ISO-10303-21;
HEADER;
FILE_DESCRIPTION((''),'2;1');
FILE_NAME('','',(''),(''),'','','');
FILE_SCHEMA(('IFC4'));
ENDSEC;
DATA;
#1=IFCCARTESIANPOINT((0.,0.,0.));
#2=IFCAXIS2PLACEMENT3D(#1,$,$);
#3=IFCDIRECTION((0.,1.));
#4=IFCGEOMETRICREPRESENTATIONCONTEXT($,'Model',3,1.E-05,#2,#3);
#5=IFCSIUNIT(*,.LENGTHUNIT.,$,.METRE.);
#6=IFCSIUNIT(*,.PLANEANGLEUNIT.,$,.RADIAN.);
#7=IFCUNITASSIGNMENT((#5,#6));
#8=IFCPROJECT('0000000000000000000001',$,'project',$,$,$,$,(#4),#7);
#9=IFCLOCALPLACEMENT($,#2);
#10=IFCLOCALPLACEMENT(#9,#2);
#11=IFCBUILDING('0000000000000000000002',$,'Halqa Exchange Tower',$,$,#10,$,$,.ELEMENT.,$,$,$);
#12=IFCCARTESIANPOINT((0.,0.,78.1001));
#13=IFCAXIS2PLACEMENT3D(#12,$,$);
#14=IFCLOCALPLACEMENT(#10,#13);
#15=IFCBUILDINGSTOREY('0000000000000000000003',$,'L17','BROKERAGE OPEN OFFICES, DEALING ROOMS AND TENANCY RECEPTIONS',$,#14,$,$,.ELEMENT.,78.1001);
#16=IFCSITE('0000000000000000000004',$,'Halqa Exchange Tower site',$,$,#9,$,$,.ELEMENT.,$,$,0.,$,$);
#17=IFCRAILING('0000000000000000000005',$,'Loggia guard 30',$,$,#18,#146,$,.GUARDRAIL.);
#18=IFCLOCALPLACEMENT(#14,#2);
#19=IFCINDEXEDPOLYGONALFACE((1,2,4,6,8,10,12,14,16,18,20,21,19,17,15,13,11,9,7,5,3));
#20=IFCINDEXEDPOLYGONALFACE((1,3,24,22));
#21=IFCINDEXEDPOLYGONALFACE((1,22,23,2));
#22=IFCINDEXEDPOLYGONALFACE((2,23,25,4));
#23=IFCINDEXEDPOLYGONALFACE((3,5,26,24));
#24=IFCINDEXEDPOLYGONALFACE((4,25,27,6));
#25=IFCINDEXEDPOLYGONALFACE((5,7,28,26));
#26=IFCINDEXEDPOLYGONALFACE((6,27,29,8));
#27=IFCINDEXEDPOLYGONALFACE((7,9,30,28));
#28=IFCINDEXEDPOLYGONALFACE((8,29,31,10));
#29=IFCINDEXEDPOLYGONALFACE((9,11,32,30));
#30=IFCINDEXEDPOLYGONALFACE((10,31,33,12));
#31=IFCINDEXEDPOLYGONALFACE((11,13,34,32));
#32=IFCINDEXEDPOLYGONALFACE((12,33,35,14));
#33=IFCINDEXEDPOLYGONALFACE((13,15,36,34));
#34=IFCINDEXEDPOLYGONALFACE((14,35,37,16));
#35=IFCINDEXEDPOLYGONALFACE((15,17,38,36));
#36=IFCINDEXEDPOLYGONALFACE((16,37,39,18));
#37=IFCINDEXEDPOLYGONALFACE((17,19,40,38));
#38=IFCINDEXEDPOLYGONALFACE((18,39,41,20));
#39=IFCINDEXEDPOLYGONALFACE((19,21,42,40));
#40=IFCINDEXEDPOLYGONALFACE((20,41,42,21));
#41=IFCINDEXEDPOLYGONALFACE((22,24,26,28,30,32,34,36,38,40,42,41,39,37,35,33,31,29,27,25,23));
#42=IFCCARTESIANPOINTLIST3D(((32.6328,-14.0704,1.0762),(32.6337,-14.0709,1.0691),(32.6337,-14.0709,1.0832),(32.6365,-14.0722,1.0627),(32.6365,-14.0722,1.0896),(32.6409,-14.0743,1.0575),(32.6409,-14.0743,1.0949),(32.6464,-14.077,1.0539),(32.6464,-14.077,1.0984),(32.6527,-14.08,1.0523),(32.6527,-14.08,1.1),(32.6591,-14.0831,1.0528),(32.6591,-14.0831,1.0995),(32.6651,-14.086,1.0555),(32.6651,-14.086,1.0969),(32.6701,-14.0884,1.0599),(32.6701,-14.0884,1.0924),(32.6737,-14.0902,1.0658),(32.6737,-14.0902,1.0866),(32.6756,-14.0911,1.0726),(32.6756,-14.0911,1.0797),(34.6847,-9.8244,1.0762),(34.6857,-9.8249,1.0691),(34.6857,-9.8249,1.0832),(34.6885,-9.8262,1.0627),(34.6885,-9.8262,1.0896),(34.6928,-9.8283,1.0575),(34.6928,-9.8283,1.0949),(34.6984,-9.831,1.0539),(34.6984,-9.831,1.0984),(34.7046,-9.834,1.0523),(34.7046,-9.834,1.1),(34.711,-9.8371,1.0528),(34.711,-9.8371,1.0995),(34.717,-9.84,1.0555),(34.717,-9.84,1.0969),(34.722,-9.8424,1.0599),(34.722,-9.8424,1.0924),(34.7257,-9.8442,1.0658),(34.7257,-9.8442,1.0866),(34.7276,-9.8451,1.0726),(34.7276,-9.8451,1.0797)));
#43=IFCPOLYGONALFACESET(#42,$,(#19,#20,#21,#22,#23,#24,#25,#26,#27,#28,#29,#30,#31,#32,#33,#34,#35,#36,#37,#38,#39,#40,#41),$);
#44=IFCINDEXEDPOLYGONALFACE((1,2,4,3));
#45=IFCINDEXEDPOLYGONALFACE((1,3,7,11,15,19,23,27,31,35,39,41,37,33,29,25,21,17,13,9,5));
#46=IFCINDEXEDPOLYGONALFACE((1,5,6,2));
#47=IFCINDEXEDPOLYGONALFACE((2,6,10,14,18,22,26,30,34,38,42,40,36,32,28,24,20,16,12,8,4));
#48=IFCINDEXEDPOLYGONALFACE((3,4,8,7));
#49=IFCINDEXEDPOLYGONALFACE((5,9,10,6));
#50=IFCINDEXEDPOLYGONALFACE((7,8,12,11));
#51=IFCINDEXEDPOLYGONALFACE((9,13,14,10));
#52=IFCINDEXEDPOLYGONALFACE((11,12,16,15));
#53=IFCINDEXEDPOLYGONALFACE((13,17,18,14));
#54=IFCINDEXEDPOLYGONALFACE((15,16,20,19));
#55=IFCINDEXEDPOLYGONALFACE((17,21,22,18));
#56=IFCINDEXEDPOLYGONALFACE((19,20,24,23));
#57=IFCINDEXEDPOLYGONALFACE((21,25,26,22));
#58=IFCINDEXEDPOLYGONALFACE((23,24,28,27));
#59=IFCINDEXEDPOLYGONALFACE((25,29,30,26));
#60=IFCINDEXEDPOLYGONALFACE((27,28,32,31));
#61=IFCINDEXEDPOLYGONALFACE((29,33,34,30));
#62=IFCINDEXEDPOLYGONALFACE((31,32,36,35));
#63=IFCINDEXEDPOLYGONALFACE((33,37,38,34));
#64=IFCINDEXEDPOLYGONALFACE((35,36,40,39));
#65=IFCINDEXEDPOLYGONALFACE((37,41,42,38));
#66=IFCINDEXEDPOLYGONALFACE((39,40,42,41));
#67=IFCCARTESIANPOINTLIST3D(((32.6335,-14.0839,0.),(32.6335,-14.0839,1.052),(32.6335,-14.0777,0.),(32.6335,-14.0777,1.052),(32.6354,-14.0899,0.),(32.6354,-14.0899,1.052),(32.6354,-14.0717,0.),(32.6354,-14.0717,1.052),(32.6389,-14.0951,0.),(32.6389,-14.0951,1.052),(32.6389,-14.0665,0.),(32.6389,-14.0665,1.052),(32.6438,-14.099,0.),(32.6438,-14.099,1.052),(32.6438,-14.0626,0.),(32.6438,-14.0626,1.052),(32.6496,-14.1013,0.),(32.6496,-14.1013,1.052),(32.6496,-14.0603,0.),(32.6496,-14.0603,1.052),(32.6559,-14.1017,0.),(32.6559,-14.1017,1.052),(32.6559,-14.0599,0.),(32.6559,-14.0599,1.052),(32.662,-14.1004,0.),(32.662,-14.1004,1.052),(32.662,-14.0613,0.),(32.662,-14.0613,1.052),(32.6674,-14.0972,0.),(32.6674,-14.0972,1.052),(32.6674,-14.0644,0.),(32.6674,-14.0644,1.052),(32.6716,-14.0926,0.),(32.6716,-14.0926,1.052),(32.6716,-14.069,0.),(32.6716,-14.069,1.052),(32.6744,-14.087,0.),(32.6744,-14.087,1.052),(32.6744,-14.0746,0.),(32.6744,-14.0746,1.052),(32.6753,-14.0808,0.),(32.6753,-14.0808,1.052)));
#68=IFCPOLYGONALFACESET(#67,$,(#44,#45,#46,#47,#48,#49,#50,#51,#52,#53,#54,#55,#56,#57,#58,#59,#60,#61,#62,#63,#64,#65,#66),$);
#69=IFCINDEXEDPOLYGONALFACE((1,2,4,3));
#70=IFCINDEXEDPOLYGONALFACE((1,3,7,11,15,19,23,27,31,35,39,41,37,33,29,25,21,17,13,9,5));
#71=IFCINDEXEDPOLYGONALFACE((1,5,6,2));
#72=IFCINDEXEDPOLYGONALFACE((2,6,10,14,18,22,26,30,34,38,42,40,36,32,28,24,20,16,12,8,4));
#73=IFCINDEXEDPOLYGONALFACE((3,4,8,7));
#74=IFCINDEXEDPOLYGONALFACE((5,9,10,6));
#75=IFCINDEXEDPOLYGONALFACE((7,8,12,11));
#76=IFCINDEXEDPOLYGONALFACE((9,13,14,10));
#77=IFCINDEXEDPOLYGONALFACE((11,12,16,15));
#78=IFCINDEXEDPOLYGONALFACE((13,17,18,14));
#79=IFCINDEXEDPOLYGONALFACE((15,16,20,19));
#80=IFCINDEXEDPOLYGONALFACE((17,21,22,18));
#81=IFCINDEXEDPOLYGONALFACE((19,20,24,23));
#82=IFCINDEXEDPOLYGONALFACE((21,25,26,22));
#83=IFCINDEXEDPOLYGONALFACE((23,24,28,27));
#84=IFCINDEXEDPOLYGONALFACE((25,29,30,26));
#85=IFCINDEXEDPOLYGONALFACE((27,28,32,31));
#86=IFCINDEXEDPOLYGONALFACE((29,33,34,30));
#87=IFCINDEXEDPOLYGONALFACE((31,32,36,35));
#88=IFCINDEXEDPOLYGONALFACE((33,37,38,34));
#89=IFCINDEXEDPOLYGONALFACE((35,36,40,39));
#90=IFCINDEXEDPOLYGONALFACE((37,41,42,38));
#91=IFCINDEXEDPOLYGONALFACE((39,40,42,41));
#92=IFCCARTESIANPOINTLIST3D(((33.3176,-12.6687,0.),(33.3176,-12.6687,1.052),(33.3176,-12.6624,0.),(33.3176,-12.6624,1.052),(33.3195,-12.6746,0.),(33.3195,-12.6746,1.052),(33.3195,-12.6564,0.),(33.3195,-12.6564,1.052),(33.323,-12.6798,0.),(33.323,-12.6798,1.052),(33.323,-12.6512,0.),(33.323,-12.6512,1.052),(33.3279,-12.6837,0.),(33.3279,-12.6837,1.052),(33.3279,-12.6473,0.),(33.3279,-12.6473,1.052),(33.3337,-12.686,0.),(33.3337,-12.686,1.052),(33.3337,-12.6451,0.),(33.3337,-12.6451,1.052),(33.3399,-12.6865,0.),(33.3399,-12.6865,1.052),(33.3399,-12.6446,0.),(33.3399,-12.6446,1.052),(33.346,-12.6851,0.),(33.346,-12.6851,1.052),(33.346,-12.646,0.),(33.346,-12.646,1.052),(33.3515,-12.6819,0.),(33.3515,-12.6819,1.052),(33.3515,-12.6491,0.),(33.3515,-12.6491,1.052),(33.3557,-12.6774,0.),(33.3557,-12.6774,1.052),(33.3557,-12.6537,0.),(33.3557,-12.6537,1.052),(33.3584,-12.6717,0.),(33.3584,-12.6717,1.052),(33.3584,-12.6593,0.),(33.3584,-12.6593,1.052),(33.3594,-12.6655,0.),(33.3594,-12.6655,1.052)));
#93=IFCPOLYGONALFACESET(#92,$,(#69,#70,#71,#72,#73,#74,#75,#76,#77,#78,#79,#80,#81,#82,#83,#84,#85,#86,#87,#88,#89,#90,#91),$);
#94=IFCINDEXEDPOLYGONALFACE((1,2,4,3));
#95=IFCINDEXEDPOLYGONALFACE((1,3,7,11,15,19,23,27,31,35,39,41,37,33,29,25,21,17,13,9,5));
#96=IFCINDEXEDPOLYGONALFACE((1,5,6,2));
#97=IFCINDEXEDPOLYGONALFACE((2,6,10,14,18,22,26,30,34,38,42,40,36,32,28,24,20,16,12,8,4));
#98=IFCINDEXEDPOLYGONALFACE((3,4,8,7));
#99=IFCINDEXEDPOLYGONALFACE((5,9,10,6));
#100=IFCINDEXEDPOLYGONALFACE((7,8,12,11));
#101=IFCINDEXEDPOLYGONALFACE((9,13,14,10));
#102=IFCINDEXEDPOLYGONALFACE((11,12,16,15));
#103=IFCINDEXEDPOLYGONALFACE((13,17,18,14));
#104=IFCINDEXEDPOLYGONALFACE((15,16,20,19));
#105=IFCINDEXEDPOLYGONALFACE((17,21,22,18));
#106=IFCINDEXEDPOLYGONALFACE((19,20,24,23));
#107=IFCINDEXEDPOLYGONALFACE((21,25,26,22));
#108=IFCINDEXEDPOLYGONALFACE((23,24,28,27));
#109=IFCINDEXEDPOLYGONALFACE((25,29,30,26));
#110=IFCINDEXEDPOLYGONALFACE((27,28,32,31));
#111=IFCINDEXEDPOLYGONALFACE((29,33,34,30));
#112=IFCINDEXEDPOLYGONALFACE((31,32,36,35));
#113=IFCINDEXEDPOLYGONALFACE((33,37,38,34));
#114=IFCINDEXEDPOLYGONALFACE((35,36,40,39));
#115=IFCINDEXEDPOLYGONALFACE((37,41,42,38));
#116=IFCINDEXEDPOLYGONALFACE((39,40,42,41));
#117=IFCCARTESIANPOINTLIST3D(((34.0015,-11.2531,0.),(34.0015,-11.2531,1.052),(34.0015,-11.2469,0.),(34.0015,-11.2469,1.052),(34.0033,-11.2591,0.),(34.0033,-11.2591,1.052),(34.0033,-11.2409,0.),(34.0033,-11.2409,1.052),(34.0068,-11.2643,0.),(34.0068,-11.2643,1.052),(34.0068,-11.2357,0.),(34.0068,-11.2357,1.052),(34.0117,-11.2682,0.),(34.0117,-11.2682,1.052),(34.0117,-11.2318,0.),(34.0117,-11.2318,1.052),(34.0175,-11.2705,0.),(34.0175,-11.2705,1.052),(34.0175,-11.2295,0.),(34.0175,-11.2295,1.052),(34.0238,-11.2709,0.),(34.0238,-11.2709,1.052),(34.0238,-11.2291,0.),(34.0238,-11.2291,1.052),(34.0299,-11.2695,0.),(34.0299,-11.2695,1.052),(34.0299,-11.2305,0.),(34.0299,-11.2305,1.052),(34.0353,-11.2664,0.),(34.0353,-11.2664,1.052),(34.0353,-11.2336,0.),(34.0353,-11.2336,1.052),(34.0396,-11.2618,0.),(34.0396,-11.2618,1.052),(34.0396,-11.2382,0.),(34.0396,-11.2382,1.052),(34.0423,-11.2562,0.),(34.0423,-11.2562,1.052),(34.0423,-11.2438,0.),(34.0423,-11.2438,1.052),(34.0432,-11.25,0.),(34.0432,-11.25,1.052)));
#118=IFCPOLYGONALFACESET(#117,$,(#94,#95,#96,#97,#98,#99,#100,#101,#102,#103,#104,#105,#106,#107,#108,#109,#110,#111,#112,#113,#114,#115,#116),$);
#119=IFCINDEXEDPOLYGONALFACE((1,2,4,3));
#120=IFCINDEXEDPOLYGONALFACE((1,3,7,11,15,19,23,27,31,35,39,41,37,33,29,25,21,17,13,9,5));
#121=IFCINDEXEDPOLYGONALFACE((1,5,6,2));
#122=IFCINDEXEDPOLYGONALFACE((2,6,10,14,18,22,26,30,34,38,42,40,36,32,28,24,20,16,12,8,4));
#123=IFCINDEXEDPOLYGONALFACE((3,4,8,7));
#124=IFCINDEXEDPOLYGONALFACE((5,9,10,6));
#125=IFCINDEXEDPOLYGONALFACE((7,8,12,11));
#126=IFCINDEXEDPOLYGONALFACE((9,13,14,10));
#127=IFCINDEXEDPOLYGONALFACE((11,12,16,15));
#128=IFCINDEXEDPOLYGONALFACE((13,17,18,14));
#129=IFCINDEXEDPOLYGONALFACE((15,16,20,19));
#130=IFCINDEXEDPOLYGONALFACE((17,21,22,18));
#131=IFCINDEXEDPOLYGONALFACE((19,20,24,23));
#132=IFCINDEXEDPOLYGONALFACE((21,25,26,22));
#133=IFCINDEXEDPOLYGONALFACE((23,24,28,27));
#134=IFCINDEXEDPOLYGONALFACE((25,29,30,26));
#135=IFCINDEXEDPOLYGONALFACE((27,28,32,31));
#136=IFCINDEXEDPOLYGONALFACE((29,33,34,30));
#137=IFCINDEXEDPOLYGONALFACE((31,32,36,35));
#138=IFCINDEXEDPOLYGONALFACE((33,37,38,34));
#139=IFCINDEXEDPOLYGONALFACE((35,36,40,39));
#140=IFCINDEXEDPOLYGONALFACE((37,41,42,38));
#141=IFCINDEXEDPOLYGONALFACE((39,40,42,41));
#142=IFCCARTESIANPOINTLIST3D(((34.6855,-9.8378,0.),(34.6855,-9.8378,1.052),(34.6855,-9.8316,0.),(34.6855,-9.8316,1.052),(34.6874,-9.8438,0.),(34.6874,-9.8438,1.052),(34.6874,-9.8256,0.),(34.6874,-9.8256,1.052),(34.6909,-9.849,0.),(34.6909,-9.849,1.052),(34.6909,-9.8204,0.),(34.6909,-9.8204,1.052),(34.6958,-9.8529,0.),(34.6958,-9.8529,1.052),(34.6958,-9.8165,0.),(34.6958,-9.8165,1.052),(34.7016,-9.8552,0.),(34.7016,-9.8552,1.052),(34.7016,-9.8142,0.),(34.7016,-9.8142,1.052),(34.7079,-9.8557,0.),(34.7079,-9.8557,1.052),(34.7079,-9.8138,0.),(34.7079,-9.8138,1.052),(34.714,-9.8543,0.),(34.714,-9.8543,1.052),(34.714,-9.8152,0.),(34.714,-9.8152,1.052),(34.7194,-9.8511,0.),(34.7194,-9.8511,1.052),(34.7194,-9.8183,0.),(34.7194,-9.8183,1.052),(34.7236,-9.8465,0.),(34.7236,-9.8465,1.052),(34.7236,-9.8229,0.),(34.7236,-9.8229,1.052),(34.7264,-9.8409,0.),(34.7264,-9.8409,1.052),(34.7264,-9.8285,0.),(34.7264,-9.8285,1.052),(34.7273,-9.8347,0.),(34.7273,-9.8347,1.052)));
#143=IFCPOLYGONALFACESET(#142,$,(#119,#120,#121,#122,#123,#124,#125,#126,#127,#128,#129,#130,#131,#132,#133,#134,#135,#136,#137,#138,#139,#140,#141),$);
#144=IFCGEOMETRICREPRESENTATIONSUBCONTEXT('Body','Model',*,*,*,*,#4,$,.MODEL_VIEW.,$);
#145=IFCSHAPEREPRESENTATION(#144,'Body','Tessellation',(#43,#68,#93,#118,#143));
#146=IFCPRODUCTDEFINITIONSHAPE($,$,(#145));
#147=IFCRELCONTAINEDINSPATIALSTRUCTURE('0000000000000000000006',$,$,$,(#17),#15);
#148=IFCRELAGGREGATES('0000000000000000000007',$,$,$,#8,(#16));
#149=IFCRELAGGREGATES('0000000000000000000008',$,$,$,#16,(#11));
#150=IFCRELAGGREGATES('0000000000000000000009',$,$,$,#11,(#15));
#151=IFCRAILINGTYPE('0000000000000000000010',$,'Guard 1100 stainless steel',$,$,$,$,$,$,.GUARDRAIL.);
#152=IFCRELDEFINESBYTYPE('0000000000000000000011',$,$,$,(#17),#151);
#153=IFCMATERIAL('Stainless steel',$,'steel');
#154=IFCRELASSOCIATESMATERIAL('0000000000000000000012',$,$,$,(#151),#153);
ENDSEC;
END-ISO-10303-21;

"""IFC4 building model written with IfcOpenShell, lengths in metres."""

from ifc_helpers import new_model, si_unit, direction, frame, origin, origin_2d, place, context, subcontext, project, spatial, circle, extrude, material, type_object, element, save


model = new_model("IFC4")

# Units and contexts
model_context = context("Model", 3, precision=1e-05, world=origin(), true_north=direction((0.0, 1.0)))
body_context = subcontext(model_context, "Body", "Model", "MODEL_VIEW")
ifc_project = project(units=[si_unit("LENGTHUNIT", "METRE"), si_unit("PLANEANGLEUNIT", "RADIAN")], contexts=[model_context])

# Site, building, storey
site_placement = place(None, origin())
site = spatial("IfcSite", under=ifc_project, at=site_placement, Name="Halqa Exchange Tower site", CompositionType="ELEMENT", RefElevation=0.0)
building_placement = place(site_placement, origin())
building = spatial("IfcBuilding", under=site, at=building_placement, Name="Halqa Exchange Tower", CompositionType="ELEMENT")
storey_placement = place(building_placement, frame((0.0, 0.0, 78.1001)))
storey = spatial("IfcBuildingStorey", under=building, at=storey_placement, Name="L17", Description="BROKERAGE OPEN OFFICES, DEALING ROOMS AND TENANCY RECEPTIONS", CompositionType="ELEMENT", Elevation=78.1001)

# Railing
ifc_material_1 = material(Name="Stainless steel", Category="steel")
railing_type = type_object("IfcRailingType", Name="Guard 1100 stainless steel", PredefinedType="GUARDRAIL", material=ifc_material_1)
railing_1_placement = place(storey_placement, frame((32.6543, -14.0808, 0.0)))
element("IfcRailing", 1, at=railing_1_placement, inside=storey, type_object=railing_type, Name="Loggia guard 30", PredefinedType="GUARDRAIL", context=body_context, shape_type="SweptSolid", body=[
    extrude(circle(Radius=0.0239, at=origin_2d()), frame((0.0, 0.0, 1.0762), z_axis=(0.435121, 0.900372, 0.0), x_axis=(-0.900372, 0.435121, 0.0)), (0.0, 0.0, 1.0), 4.7158),
    extrude(circle(Radius=0.021, at=origin_2d()), origin(), (0.0, 0.0, 1.0), 1.052),
    extrude(circle(Radius=0.021, at=origin_2d()), frame((0.6841, 1.4153, 0.0)), (0.0, 0.0, 1.0), 1.052),
    extrude(circle(Radius=0.021, at=origin_2d()), frame((1.3679, 2.8308, 0.0)), (0.0, 0.0, 1.0), 1.052),
    extrude(circle(Radius=0.021, at=origin_2d()), frame((2.052, 4.2461, 0.0)), (0.0, 0.0, 1.0), 1.052),
])

save(model, "model.ifc")
